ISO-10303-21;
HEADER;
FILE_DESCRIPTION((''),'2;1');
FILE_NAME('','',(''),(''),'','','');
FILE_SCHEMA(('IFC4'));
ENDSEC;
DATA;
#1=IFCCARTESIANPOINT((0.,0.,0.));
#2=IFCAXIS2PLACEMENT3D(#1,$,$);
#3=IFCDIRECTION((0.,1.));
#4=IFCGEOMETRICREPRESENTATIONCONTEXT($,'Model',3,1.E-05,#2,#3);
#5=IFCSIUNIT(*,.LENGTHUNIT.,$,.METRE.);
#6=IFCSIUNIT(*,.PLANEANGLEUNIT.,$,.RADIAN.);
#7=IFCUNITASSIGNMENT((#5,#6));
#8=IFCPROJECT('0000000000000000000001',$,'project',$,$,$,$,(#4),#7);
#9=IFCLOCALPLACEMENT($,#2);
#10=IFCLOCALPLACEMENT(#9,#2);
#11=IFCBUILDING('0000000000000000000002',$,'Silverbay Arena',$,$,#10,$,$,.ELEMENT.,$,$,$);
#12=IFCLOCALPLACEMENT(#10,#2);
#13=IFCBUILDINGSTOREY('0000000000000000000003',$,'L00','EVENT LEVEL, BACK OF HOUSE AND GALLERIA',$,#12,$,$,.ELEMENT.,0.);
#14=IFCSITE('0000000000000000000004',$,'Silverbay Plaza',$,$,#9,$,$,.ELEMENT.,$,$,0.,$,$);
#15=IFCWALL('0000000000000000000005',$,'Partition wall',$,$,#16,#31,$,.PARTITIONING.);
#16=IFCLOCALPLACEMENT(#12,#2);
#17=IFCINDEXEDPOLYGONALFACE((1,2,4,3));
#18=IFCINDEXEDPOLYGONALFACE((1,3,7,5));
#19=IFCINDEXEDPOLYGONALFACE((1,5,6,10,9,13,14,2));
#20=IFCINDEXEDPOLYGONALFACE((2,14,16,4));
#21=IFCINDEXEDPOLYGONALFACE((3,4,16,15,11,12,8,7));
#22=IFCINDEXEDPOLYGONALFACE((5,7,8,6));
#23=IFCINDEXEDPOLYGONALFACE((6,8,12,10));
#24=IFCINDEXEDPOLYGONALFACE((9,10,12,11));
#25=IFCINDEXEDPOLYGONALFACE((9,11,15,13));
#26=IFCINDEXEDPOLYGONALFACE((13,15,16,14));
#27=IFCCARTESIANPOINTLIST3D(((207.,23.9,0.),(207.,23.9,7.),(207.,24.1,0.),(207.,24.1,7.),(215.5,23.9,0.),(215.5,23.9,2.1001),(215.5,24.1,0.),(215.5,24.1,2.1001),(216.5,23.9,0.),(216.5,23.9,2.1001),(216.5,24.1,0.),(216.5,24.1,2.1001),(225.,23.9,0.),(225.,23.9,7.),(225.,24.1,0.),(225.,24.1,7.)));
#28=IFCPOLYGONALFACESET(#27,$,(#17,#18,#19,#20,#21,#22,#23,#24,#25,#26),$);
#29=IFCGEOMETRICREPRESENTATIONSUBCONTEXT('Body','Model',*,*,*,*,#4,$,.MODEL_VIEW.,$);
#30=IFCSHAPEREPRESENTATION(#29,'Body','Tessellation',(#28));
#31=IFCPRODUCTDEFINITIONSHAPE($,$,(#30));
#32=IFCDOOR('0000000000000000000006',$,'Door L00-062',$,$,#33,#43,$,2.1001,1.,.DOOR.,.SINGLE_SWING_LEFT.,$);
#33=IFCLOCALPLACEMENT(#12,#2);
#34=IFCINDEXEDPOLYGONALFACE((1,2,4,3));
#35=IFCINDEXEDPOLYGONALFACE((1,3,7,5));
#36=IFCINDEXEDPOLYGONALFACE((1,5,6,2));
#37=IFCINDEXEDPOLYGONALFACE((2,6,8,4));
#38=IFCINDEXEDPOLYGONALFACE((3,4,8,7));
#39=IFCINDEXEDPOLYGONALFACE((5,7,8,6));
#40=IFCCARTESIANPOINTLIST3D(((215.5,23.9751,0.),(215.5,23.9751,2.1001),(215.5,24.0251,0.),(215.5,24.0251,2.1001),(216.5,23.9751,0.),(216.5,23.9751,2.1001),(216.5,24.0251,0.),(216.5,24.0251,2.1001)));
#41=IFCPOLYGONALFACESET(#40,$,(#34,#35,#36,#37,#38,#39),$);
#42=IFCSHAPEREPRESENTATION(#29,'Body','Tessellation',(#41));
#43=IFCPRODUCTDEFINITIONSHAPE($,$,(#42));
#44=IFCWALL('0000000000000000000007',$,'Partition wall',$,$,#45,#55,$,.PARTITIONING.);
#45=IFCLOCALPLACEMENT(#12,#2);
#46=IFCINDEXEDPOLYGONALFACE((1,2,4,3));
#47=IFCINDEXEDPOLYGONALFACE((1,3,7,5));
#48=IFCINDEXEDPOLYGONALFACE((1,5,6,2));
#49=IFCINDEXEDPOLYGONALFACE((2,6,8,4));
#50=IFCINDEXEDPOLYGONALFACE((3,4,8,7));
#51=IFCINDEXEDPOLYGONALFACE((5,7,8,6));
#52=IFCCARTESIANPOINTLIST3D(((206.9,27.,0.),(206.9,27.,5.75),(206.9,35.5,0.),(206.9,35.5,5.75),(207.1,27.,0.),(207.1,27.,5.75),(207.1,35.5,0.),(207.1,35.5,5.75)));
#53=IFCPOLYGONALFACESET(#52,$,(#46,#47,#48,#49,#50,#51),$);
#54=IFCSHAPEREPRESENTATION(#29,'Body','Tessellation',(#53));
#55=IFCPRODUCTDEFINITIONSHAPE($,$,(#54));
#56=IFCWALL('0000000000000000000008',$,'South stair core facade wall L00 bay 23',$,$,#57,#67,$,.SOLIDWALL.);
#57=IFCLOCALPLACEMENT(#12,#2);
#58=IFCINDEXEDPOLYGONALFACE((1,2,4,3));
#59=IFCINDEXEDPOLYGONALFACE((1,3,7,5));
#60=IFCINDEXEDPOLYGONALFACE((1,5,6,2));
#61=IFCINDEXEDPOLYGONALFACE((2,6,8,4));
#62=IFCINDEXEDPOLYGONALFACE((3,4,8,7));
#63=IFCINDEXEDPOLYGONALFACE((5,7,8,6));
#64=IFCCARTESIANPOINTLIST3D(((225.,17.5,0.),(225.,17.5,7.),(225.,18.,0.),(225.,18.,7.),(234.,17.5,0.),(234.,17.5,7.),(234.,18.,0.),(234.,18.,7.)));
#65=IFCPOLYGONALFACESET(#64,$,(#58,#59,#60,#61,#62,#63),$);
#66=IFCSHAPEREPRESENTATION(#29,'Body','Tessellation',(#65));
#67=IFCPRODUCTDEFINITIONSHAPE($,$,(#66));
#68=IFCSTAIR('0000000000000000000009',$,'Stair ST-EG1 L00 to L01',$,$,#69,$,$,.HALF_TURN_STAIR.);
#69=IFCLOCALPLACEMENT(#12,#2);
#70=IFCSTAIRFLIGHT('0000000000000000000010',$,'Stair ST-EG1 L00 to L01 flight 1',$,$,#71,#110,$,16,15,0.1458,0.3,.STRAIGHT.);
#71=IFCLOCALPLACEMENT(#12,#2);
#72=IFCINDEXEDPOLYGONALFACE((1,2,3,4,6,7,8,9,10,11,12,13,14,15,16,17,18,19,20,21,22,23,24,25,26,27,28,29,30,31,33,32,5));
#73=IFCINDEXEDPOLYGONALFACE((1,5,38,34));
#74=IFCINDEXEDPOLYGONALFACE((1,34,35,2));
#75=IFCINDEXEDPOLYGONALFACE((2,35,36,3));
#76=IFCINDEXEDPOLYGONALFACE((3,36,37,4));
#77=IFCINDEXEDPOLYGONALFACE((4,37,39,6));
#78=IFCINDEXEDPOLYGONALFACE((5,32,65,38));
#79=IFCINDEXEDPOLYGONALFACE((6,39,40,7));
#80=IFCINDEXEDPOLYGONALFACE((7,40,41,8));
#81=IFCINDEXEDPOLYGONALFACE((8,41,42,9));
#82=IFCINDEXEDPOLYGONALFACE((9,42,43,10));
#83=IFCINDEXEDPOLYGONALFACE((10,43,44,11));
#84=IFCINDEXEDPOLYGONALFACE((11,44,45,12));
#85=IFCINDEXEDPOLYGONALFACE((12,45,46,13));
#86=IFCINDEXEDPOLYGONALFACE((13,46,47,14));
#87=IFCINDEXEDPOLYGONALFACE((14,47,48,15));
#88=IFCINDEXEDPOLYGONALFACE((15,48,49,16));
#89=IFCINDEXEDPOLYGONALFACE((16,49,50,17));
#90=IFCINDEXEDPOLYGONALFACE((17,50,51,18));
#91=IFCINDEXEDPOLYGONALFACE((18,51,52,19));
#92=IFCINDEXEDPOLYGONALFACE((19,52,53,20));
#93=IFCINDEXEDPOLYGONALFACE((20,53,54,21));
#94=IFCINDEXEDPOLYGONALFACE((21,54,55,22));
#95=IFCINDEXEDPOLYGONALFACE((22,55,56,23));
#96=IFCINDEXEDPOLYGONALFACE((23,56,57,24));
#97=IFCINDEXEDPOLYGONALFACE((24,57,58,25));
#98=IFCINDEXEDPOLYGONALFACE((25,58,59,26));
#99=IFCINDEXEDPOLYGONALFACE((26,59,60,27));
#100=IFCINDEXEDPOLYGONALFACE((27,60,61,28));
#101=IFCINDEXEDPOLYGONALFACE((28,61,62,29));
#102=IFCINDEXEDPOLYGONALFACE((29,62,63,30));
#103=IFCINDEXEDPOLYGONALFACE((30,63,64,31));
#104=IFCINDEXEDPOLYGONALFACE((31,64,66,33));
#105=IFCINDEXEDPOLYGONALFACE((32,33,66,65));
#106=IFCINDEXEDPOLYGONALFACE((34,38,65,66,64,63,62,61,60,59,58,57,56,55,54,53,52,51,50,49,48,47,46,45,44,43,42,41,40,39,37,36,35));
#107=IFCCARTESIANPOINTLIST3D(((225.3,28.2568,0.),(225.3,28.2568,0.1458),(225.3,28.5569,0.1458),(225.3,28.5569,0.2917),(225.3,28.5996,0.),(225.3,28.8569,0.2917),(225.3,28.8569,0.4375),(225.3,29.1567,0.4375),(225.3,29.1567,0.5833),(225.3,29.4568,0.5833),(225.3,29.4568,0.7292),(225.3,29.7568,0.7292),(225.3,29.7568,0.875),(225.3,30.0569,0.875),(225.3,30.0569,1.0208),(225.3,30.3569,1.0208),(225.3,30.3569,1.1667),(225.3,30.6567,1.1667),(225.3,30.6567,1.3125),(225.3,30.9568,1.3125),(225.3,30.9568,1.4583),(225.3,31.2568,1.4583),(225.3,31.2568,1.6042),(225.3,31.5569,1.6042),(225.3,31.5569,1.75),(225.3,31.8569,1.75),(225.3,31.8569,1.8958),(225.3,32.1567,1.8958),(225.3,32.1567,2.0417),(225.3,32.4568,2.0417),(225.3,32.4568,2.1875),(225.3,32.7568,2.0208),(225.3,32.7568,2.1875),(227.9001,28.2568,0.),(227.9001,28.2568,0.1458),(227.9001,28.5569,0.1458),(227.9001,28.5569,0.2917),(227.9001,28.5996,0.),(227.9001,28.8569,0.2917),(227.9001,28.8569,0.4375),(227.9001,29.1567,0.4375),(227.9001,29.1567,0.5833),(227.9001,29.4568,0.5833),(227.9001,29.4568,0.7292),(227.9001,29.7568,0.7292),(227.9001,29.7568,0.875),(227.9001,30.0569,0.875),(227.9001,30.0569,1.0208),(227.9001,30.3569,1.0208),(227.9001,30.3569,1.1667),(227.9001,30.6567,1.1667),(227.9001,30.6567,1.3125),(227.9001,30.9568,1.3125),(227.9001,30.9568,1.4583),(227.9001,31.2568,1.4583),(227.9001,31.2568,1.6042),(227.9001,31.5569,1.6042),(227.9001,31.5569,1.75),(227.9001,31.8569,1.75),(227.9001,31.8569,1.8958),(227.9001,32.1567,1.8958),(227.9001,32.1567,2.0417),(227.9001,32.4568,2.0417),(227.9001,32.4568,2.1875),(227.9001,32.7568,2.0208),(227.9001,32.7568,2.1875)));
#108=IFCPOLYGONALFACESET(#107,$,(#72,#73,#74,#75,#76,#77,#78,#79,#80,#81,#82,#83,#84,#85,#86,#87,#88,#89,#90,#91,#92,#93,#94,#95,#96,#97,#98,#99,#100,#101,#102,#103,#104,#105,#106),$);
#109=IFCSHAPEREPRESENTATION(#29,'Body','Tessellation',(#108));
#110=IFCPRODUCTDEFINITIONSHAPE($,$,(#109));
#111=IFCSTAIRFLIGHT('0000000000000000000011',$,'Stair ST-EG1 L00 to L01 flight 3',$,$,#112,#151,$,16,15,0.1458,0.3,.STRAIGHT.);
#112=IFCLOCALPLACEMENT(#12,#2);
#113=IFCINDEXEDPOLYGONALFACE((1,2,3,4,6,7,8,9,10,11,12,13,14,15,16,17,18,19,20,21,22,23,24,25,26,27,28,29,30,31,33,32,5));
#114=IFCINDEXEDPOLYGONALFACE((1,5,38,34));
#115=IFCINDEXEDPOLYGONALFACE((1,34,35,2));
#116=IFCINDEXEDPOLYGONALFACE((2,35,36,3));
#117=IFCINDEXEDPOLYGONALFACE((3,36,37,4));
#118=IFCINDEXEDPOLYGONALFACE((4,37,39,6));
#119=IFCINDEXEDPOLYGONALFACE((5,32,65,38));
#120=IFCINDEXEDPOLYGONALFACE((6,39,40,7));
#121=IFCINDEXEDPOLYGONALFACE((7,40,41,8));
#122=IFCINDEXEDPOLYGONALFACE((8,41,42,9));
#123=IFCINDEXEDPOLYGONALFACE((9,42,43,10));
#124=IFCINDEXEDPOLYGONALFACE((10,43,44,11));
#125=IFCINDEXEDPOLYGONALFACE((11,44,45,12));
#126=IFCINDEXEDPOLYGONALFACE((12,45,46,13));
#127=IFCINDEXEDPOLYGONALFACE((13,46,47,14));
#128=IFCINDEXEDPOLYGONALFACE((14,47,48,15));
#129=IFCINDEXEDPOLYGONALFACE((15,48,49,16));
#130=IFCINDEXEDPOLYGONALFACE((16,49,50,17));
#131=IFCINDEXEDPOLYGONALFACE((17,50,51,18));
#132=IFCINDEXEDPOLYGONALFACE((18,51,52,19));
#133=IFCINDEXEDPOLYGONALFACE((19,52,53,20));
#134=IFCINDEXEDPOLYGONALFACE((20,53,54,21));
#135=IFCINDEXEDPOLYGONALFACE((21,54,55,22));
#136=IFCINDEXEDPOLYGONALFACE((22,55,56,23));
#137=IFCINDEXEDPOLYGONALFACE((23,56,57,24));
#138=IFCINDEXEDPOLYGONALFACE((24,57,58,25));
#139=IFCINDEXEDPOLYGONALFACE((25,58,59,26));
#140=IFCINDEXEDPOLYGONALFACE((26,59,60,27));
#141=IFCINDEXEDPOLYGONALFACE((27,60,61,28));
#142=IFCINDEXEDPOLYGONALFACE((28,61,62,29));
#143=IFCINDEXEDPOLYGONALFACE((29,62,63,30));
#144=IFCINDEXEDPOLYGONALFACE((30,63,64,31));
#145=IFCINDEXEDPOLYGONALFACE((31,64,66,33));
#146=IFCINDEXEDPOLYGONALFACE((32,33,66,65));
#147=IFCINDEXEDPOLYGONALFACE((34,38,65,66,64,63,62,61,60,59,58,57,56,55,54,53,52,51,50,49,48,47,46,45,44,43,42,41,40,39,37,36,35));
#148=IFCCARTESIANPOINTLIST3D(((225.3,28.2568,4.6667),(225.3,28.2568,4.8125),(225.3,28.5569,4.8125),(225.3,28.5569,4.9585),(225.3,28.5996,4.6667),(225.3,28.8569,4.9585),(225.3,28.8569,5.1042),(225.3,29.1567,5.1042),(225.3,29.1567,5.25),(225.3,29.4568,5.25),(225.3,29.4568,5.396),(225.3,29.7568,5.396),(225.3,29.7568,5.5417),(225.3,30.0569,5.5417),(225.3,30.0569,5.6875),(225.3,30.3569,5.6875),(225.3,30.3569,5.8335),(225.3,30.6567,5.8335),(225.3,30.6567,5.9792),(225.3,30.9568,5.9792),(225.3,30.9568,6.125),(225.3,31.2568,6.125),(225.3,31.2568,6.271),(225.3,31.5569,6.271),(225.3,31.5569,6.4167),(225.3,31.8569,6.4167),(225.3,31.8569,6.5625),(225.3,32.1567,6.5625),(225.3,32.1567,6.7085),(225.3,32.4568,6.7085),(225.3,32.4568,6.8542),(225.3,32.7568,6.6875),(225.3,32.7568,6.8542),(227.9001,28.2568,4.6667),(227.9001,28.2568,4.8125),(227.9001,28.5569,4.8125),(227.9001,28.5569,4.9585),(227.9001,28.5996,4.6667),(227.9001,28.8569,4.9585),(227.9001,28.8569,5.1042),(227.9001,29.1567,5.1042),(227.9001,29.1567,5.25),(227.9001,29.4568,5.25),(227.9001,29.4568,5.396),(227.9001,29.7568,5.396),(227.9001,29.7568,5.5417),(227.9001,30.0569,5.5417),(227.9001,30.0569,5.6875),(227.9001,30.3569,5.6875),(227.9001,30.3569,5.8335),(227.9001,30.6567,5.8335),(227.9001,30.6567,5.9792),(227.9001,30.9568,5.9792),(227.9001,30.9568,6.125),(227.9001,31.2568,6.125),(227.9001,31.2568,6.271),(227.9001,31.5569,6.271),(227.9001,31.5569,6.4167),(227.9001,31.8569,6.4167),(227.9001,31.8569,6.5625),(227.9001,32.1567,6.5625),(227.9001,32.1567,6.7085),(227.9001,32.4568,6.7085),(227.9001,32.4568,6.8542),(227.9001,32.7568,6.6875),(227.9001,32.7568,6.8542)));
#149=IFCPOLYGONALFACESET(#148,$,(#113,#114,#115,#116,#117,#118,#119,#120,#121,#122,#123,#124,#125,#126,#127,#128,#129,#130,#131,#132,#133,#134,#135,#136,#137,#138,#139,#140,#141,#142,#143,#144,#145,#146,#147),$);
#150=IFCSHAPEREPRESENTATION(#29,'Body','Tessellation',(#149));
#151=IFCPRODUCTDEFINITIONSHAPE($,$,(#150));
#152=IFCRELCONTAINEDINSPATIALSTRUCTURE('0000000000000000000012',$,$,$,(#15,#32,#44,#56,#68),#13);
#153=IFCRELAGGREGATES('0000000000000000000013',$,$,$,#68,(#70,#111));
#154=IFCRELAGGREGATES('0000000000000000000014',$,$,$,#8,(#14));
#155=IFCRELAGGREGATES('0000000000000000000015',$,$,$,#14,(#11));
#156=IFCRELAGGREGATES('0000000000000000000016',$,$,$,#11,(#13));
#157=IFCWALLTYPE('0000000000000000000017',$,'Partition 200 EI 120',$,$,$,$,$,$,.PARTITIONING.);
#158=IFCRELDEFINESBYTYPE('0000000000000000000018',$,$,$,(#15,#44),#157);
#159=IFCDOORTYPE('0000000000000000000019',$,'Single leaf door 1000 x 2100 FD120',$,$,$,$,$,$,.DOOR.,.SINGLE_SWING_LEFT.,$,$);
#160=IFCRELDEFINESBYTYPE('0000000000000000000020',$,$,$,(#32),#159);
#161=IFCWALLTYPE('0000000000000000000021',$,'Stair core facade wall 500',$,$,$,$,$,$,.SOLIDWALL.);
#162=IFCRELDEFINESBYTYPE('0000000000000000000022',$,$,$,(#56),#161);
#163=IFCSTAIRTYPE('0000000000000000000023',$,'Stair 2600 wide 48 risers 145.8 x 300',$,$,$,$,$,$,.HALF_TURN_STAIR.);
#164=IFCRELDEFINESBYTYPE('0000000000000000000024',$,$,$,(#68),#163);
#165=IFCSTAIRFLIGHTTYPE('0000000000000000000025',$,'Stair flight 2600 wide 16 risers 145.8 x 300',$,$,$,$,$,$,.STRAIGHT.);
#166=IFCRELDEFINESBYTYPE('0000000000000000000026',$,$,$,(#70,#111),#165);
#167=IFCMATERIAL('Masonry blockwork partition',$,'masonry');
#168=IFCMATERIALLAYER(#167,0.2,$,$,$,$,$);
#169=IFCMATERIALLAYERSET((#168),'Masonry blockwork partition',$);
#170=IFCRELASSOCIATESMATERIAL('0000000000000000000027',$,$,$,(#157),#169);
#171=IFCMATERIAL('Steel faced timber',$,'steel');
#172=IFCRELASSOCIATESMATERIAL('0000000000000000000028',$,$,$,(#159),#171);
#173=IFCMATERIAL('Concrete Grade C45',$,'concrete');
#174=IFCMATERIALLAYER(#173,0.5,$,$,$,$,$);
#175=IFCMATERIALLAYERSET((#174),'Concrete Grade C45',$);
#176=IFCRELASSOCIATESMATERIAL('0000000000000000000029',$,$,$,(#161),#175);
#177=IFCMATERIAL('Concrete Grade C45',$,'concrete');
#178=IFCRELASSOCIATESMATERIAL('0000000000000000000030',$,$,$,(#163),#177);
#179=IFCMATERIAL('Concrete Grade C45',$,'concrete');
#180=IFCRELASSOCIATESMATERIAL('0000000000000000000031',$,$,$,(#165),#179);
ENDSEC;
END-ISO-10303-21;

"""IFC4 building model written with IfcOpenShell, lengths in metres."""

from ifc_helpers import new_model, si_unit, direction, frame, frame_2d, origin, place, context, subcontext, project, spatial, polyline, rectangle, outline, extrude, material, layer, layer_set, type_object, element, fill, aggregate, save


model = new_model("IFC4")

# Units and contexts
model_context = context("Model", 3, precision=1e-05, world=origin(), true_north=direction((0.0, 1.0)))
body_context = subcontext(model_context, "Body", "Model", "MODEL_VIEW")
ifc_project = project(units=[si_unit("LENGTHUNIT", "METRE"), si_unit("PLANEANGLEUNIT", "RADIAN")], contexts=[model_context])

# Site, building, storey
site_placement = place(None, origin())
site = spatial("IfcSite", under=ifc_project, at=site_placement, Name="Silverbay Plaza", CompositionType="ELEMENT", RefElevation=0.0)
building_placement = place(site_placement, origin())
building = spatial("IfcBuilding", under=site, at=building_placement, Name="Silverbay Arena", CompositionType="ELEMENT")
storey_placement = place(building_placement, origin())
storey = spatial("IfcBuildingStorey", under=building, at=storey_placement, Name="L00", Description="EVENT LEVEL, BACK OF HOUSE AND GALLERIA", CompositionType="ELEMENT", Elevation=0.0)

# Wall, opening, door
ifc_material_1 = material(Name="Masonry blockwork partition", Category="masonry")
ifc_layer_1 = layer(ifc_material_1, 0.2)
ifc_layer_set_1 = layer_set([ifc_layer_1], Name="Masonry blockwork partition")
wall_type_1 = type_object("IfcWallType", Name="Partition 200 EI 120", PredefinedType="PARTITIONING", material=ifc_layer_set_1)
wall_1_placement = place(storey_placement, frame((207.0, 24.0, 0.0), z_axis=(0.0, 0.0, 1.0), x_axis=(1.0, 0.0, 0.0)))
wall_1 = element("IfcWall", 1, at=wall_1_placement, inside=storey, type_object=wall_type_1, Name="Partition wall", PredefinedType="PARTITIONING", context=body_context, shape_type="SweptSolid", body=[
    extrude(rectangle(XDim=18.0, YDim=0.2, at=frame_2d((9.0, 0.0))), origin(), (0.0, 0.0, 1.0), 7.0),
])
opening_1_placement = place(wall_1_placement, frame((8.5, 0.0, 0.0)))
opening_1 = element("IfcOpeningElement", 2, at=opening_1_placement, cuts=wall_1, PredefinedType="OPENING", context=body_context, shape_type="SweptSolid", body=[
    extrude(rectangle(XDim=1.0, YDim=2.1001, at=frame_2d((0.5, 1.05))), frame((0.0, 0.1099, 0.0), z_axis=(0.0, -1.0, 0.0), x_axis=(1.0, 0.0, 0.0)), (0.0, 0.0, 1.0), 0.22),
])
ifc_material_2 = material(Name="Steel faced timber", Category="steel")
door_type_1 = type_object("IfcDoorType", Name="Single leaf door 1000 x 2100 FD120", OperationType="SINGLE_SWING_LEFT", PredefinedType="DOOR", material=ifc_material_2)
door_1_placement = place(opening_1_placement, frame((1.0, 0.0, 0.0), z_axis=(0.0, 0.0, 1.0), x_axis=(-1.0, 0.0, 0.0)))
door_1 = element("IfcDoor", 3, at=door_1_placement, inside=storey, type_object=door_type_1, Name="Door L00-062", OperationType="SINGLE_SWING_LEFT", OverallHeight=2.1001, OverallWidth=1.0, PredefinedType="DOOR", context=body_context, shape_type="SweptSolid", body=[
    extrude(rectangle(XDim=1.0, YDim=2.1001, at=frame_2d((0.5, 1.05))), frame((0.0, 0.0249, 0.0), z_axis=(0.0, -1.0, 0.0), x_axis=(1.0, 0.0, 0.0)), (0.0, 0.0, 1.0), 0.05),
])
fill(opening_1, door_1)

# Walls
wall_2_placement = place(storey_placement, frame((207.0, 27.0, 0.0), z_axis=(0.0, 0.0, 1.0), x_axis=(0.0, 1.0, 0.0)))
element("IfcWall", 4, at=wall_2_placement, inside=storey, type_object=wall_type_1, Name="Partition wall", PredefinedType="PARTITIONING", context=body_context, shape_type="SweptSolid", body=[
    extrude(rectangle(XDim=8.5, YDim=0.2, at=frame_2d((4.25, 0.0))), origin(), (0.0, 0.0, 1.0), 5.75),
])
ifc_material_3 = material(Name="Concrete Grade C45", Category="concrete")
ifc_layer_2 = layer(ifc_material_3, 0.5)
ifc_layer_set_2 = layer_set([ifc_layer_2], Name="Concrete Grade C45")
wall_type_2 = type_object("IfcWallType", Name="Stair core facade wall 500", PredefinedType="SOLIDWALL", material=ifc_layer_set_2)
wall_3_placement = place(storey_placement, frame((225.0, 17.75, 0.0), z_axis=(0.0, 0.0, 1.0), x_axis=(1.0, 0.0, 0.0)))
element("IfcWall", 5, at=wall_3_placement, inside=storey, type_object=wall_type_2, Name="South stair core facade wall L00 bay 23", PredefinedType="SOLIDWALL", context=body_context, shape_type="SweptSolid", body=[
    extrude(rectangle(XDim=9.0, YDim=0.5, at=frame_2d((4.5, 0.0))), origin(), (0.0, 0.0, 1.0), 7.0),
])

# Stair, stair flights
ifc_material_4 = material(Name="Concrete Grade C45", Category="concrete")
stair_type = type_object("IfcStairType", Name="Stair 2600 wide 48 risers 145.8 x 300", PredefinedType="HALF_TURN_STAIR", material=ifc_material_4)
stair_placement = place(storey_placement, origin())
stair = element("IfcStair", 6, at=stair_placement, inside=storey, type_object=stair_type, Name="Stair ST-EG1 L00 to L01", PredefinedType="HALF_TURN_STAIR")
ifc_material_5 = material(Name="Concrete Grade C45", Category="concrete")
stair_flight_type = type_object("IfcStairFlightType", Name="Stair flight 2600 wide 16 risers 145.8 x 300", PredefinedType="STRAIGHT", material=ifc_material_5)
stair_flight_1_placement = place(storey_placement, frame((226.6001, 28.2568, 0.0), z_axis=(0.0, 0.0, 1.0), x_axis=(0.0, 1.0, 0.0)))
stair_flight_1 = element("IfcStairFlight", 7, at=stair_flight_1_placement, type_object=stair_flight_type, Name="Stair ST-EG1 L00 to L01 flight 1", NumberOfRisers=16, NumberOfTreads=15, PredefinedType="STRAIGHT", RiserHeight=0.1458, TreadLength=0.3, context=body_context, shape_type="SweptSolid", body=[
    extrude(outline(polyline([(0.0, 0.0), (0.0, 0.1458), (0.3, 0.1458), (0.3, 0.2917), (0.6001, 0.2917), (0.6001, 0.4375), (0.8999, 0.4375), (0.8999, 0.5833), (1.2, 0.5833), (1.2, 0.7292), (1.5, 0.7292), (1.5, 0.875), (1.8, 0.875), (1.8, 1.0208), (2.1001, 1.0208), (2.1001, 1.1667), (2.3999, 1.1667), (2.3999, 1.3125), (2.7, 1.3125), (2.7, 1.4583), (3.0, 1.4583), (3.0, 1.6042), (3.3, 1.6042), (3.3, 1.75), (3.6001, 1.75), (3.6001, 1.8958), (3.8999, 1.8958), (3.8999, 2.0417), (4.2, 2.0417), (4.2, 2.1875), (4.5, 2.1875), (4.5, 2.0208), (0.3428, 0.0), (0.0, 0.0)])), frame((0.0, 1.3, 0.0), z_axis=(0.0, -1.0, 0.0), x_axis=(1.0, 0.0, 0.0)), (0.0, 0.0, 1.0), 2.6001),
])
stair_flight_2_placement = place(storey_placement, frame((226.6001, 28.2568, 4.6667), z_axis=(0.0, 0.0, 1.0), x_axis=(0.0, 1.0, 0.0)))
stair_flight_2 = element("IfcStairFlight", 8, at=stair_flight_2_placement, type_object=stair_flight_type, Name="Stair ST-EG1 L00 to L01 flight 3", NumberOfRisers=16, NumberOfTreads=15, PredefinedType="STRAIGHT", RiserHeight=0.1458, TreadLength=0.3, context=body_context, shape_type="SweptSolid", body=[
    extrude(outline(polyline([(0.0, 0.0), (0.0, 0.1458), (0.3, 0.1458), (0.3, 0.2917), (0.6001, 0.2917), (0.6001, 0.4375), (0.8999, 0.4375), (0.8999, 0.5833), (1.2, 0.5833), (1.2, 0.7292), (1.5, 0.7292), (1.5, 0.875), (1.8, 0.875), (1.8, 1.0208), (2.1001, 1.0208), (2.1001, 1.1667), (2.3999, 1.1667), (2.3999, 1.3125), (2.7, 1.3125), (2.7, 1.4583), (3.0, 1.4583), (3.0, 1.6042), (3.3, 1.6042), (3.3, 1.75), (3.6001, 1.75), (3.6001, 1.8958), (3.8999, 1.8958), (3.8999, 2.0417), (4.2, 2.0417), (4.2, 2.1875), (4.5, 2.1875), (4.5, 2.0208), (0.3428, 0.0), (0.0, 0.0)])), frame((0.0, 1.3, 0.0), z_axis=(0.0, -1.0, 0.0), x_axis=(1.0, 0.0, 0.0)), (0.0, 0.0, 1.0), 2.6001),
])
aggregate(stair, [stair_flight_1, stair_flight_2])

save(model, "model.ifc")
